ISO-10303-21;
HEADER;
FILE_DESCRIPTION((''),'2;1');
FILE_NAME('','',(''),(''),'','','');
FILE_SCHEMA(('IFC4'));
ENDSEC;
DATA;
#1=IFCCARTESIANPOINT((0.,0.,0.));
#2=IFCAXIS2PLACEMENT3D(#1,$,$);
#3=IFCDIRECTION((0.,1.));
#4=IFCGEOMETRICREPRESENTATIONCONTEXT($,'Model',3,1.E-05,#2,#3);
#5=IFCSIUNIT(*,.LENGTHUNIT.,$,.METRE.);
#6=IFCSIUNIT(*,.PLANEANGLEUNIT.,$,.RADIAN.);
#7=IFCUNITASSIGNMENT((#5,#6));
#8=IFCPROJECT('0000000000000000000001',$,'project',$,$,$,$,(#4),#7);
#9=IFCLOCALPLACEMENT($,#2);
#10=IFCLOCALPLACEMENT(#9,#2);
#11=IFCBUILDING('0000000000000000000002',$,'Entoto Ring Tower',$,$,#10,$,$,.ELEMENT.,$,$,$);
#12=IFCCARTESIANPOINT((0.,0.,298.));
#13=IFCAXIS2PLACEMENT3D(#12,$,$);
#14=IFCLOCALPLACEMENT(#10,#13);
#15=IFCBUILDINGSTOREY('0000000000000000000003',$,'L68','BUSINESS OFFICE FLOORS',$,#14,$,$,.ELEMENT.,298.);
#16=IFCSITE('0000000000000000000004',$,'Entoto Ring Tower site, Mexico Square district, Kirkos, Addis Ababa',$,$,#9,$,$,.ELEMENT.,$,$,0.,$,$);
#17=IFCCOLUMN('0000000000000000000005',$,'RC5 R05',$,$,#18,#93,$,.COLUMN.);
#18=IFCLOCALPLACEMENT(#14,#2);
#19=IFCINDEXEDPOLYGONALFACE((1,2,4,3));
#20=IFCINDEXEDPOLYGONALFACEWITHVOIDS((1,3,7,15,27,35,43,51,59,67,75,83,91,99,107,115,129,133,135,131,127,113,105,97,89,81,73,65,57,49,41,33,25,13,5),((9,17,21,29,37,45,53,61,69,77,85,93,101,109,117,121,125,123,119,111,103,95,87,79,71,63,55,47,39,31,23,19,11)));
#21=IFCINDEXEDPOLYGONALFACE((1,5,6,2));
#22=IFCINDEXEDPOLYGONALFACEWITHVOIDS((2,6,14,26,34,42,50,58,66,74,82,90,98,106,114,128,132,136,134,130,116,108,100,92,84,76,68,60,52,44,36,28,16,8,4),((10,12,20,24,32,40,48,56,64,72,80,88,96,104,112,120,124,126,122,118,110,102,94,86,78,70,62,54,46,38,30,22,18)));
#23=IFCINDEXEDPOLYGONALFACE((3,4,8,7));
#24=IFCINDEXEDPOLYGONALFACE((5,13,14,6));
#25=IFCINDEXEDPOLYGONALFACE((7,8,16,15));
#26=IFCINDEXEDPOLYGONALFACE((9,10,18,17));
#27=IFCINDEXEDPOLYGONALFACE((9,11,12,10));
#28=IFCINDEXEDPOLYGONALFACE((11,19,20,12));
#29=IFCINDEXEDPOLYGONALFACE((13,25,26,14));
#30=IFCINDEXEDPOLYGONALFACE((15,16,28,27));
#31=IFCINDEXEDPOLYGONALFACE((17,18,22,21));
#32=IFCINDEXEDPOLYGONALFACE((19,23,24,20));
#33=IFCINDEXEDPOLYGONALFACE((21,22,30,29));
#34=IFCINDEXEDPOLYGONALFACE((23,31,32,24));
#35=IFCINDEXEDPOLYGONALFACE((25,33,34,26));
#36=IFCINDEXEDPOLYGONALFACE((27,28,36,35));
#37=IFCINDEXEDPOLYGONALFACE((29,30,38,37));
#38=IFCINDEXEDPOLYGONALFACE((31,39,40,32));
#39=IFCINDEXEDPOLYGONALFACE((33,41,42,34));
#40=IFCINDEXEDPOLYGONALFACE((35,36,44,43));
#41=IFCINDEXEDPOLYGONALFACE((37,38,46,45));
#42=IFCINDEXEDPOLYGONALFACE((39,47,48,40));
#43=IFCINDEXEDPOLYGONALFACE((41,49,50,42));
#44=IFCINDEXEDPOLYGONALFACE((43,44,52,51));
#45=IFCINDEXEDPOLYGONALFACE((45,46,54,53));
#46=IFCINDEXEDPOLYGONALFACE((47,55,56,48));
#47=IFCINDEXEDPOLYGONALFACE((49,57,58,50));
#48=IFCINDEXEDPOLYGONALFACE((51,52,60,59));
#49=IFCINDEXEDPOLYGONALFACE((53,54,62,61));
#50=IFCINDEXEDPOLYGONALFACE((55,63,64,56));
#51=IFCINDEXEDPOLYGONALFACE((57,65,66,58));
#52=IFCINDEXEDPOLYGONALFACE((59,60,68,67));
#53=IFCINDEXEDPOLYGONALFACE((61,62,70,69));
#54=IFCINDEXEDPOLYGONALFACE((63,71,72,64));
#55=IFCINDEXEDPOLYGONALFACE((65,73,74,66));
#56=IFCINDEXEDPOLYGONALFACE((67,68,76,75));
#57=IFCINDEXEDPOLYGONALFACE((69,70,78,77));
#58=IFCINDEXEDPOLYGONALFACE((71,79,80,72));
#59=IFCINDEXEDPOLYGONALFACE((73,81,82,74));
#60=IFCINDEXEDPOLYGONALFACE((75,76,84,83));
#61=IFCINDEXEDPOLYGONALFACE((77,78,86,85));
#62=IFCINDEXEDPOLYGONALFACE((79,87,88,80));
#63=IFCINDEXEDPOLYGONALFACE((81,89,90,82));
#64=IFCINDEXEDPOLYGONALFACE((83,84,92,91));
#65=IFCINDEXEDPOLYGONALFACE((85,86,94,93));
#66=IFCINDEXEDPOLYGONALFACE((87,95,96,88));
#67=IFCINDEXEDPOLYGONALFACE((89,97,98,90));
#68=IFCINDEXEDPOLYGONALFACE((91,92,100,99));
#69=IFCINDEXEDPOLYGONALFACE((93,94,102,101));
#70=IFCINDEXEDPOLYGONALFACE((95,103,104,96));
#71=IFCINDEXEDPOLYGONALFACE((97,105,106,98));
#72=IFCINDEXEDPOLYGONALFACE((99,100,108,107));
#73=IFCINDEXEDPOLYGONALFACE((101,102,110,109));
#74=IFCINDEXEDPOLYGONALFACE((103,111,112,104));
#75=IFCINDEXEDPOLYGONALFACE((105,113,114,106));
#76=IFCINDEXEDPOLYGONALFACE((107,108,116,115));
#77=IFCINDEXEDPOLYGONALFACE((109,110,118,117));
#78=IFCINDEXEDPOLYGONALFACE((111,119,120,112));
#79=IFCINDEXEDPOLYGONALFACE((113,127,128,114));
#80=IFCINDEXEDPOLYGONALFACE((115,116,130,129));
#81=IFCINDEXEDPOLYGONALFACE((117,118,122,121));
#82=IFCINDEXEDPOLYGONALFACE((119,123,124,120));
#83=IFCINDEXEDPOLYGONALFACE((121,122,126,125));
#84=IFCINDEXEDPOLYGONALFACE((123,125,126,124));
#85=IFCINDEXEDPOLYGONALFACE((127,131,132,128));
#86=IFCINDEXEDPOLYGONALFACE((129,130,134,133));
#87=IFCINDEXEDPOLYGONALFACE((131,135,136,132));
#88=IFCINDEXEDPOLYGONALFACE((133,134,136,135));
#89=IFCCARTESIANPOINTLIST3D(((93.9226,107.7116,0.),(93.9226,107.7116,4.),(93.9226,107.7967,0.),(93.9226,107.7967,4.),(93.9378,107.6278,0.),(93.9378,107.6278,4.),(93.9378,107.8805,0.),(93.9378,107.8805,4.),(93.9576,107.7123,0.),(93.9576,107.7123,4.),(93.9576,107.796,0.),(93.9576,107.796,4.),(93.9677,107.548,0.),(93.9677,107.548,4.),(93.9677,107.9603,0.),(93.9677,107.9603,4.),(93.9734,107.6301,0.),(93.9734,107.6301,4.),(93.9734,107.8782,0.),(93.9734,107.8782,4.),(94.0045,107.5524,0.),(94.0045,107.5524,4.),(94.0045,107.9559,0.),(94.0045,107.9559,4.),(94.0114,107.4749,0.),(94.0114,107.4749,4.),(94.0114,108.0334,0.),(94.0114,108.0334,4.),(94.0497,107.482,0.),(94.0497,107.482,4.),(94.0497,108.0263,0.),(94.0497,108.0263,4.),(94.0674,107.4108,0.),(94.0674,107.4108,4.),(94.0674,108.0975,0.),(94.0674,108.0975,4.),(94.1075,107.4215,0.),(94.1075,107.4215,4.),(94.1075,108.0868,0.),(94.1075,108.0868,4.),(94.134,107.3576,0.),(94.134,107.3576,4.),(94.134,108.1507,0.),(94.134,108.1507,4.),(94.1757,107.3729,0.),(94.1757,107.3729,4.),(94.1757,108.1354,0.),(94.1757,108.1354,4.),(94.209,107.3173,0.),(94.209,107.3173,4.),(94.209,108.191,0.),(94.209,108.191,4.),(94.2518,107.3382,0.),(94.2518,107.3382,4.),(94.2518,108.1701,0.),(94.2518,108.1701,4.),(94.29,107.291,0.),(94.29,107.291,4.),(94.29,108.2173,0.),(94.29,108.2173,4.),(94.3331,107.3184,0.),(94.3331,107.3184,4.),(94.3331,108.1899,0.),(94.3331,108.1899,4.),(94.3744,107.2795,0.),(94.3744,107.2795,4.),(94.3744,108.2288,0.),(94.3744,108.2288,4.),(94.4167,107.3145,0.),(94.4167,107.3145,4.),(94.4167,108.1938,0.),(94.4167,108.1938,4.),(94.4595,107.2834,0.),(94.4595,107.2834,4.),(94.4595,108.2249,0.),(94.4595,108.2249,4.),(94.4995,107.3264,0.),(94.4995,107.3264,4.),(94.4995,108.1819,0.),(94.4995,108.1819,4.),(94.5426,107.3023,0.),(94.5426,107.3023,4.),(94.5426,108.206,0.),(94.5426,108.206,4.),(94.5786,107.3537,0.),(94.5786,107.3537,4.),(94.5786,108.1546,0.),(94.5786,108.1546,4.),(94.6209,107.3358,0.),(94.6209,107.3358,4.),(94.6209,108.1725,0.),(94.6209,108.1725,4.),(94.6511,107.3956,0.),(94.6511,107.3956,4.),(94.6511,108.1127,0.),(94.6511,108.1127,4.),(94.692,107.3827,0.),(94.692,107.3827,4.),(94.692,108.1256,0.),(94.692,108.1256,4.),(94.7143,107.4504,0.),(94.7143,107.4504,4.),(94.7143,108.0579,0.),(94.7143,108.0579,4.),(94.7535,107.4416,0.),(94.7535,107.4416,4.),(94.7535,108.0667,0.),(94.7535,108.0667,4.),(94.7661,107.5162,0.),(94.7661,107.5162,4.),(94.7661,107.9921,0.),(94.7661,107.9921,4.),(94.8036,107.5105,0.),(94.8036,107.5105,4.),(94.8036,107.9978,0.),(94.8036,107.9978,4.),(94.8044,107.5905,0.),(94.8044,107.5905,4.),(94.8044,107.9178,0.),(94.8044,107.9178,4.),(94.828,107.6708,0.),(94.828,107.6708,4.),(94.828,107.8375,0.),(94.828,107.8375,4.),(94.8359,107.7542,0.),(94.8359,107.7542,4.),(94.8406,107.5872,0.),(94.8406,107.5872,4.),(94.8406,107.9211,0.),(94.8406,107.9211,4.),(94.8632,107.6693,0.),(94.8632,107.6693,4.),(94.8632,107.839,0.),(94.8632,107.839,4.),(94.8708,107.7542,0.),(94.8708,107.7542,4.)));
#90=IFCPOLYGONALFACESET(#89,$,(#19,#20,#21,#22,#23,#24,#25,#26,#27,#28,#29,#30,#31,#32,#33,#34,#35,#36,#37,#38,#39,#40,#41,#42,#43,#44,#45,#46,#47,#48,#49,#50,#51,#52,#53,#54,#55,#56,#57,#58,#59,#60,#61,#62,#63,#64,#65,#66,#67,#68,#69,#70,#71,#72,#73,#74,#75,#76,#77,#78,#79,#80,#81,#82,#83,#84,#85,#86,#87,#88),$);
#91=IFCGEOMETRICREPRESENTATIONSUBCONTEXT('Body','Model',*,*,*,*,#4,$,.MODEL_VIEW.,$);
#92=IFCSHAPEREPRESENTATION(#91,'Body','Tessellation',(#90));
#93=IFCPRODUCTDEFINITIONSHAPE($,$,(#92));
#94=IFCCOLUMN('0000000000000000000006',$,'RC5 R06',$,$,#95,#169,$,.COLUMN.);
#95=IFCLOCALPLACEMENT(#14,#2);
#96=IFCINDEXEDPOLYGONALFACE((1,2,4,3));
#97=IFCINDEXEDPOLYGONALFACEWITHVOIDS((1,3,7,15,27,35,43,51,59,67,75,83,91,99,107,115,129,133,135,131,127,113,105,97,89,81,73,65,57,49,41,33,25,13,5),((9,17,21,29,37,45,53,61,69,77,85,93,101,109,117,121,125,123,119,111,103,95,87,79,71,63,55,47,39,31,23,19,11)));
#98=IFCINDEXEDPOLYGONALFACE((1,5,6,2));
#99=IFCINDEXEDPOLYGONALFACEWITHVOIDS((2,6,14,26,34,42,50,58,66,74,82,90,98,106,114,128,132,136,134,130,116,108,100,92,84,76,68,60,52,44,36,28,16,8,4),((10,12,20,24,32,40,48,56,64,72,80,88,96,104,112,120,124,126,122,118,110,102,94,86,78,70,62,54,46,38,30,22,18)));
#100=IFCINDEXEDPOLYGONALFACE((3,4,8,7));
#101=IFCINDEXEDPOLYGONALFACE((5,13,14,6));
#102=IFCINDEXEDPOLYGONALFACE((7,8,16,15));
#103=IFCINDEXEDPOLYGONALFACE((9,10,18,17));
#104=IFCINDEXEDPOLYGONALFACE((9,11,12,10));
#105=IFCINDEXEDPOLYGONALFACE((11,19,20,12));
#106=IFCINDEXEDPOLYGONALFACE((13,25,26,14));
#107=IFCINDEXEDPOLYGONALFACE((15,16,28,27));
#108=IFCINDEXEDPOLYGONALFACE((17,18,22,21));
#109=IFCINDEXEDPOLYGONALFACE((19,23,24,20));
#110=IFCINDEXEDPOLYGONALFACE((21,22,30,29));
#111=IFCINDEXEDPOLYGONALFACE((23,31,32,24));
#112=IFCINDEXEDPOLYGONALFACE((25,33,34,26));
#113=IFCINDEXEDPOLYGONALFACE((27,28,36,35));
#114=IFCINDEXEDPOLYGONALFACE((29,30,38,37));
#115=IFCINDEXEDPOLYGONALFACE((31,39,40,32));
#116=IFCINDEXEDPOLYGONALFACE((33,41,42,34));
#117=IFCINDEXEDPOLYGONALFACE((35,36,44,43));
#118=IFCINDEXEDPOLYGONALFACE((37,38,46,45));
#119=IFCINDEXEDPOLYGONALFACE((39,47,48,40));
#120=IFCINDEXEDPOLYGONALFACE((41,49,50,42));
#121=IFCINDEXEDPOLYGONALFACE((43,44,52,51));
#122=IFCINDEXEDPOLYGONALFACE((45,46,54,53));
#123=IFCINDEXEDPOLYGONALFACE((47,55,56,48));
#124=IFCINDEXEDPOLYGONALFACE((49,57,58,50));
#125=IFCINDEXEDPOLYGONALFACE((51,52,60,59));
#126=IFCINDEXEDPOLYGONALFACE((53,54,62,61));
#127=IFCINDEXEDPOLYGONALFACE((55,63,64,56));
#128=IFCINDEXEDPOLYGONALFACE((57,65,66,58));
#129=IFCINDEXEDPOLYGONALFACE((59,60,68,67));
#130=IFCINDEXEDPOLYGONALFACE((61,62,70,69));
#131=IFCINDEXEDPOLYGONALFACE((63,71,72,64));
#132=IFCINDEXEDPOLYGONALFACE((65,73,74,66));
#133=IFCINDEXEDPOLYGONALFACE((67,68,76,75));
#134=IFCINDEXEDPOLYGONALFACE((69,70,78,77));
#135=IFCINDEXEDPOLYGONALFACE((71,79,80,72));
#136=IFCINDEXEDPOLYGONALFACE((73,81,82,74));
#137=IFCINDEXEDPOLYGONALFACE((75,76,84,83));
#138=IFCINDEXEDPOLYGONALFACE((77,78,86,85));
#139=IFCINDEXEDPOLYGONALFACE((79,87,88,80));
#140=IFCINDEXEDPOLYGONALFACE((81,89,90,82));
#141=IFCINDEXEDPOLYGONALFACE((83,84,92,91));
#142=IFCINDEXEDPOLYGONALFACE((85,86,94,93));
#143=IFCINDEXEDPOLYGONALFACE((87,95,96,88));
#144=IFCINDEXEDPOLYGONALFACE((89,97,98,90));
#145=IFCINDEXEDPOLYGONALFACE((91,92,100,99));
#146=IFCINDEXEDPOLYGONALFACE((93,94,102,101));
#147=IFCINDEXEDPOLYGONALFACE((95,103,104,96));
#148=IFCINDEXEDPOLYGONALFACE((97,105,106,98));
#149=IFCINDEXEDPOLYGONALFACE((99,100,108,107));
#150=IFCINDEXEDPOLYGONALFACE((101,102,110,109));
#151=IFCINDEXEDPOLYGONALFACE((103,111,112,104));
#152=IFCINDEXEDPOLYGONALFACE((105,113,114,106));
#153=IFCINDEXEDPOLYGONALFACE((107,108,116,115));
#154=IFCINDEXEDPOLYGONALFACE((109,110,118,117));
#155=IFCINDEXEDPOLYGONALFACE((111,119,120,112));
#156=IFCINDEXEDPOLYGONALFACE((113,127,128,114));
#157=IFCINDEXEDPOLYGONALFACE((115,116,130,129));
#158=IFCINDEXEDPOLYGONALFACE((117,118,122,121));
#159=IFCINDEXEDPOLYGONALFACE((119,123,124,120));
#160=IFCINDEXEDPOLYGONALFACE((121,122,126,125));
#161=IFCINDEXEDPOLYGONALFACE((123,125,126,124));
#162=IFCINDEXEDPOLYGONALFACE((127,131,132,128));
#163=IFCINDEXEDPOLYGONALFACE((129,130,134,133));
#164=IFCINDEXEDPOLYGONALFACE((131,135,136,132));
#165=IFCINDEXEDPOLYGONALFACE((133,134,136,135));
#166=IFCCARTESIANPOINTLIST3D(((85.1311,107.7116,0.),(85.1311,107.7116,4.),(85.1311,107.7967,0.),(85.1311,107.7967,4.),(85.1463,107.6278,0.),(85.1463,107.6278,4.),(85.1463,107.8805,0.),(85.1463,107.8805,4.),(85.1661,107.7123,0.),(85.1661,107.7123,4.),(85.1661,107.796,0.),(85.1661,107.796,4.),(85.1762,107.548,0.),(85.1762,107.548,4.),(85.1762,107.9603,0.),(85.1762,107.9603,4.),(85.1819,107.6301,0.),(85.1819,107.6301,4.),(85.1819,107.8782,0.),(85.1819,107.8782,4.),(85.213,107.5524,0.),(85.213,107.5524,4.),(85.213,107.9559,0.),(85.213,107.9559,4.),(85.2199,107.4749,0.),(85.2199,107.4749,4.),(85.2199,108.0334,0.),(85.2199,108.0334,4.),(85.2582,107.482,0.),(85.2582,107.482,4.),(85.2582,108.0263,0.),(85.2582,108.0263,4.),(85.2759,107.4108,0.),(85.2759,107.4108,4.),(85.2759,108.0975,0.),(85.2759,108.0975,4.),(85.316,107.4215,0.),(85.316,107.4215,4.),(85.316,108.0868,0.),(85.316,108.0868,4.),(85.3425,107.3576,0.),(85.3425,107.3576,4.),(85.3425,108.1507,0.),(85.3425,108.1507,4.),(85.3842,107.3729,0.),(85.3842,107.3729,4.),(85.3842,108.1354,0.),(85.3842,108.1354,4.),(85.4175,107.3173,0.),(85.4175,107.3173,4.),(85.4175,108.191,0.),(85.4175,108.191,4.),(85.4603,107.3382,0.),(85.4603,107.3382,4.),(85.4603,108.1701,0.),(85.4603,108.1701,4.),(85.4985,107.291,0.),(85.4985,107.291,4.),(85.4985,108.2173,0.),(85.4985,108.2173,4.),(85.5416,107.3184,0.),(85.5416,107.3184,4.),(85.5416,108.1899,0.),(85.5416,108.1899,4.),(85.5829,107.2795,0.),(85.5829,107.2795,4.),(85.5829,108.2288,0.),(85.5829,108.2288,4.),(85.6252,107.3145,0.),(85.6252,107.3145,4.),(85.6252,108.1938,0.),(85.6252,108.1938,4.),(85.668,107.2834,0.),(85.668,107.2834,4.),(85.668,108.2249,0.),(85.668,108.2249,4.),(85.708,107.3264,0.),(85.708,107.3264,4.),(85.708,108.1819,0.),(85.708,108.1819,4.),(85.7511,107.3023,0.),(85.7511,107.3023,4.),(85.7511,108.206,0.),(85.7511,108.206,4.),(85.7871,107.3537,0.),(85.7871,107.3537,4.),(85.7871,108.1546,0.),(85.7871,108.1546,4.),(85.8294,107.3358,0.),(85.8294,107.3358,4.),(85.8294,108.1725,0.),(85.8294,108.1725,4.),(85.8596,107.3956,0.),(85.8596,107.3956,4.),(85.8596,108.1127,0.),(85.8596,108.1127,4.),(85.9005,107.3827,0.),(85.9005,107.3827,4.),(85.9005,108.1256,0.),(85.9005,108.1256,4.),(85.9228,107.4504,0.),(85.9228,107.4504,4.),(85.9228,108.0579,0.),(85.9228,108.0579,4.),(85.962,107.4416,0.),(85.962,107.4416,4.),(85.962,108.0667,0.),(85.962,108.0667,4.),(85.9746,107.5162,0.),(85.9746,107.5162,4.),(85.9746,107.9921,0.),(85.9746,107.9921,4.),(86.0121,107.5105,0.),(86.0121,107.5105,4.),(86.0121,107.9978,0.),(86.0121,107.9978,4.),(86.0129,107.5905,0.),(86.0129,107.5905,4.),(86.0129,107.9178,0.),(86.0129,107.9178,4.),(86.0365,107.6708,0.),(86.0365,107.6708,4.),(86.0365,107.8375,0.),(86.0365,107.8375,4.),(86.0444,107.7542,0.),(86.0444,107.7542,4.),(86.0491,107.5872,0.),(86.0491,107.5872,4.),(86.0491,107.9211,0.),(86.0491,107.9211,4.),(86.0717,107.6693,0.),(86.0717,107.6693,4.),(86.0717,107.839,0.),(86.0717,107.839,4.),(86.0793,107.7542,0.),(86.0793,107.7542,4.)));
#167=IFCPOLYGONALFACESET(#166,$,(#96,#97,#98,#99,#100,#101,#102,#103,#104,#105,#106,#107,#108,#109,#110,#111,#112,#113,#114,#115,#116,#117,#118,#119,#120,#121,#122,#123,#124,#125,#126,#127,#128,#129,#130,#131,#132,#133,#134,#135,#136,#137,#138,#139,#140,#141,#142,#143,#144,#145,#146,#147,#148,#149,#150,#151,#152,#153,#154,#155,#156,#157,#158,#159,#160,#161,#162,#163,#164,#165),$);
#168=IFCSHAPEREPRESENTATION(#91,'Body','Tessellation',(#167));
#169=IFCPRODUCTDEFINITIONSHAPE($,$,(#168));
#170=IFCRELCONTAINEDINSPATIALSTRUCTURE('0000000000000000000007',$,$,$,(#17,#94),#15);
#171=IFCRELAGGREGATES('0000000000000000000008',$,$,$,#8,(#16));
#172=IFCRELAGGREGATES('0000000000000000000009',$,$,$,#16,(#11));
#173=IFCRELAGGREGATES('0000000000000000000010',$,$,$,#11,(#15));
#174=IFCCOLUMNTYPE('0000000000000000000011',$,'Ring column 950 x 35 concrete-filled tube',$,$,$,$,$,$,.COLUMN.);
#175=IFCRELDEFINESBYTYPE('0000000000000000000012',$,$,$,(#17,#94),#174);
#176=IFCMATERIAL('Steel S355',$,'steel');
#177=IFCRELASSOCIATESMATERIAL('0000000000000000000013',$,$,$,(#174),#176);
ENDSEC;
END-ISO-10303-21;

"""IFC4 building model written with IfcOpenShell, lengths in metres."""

from ifc_helpers import new_model, si_unit, direction, frame, origin, origin_2d, place, context, subcontext, project, spatial, circle, hollow_circle, extrude, material, material_profile, profile_set, type_object, element, save


model = new_model("IFC4")

# Units and contexts
model_context = context("Model", 3, precision=1e-05, world=origin(), true_north=direction((0.0, 1.0)))
body_context = subcontext(model_context, "Body", "Model", "MODEL_VIEW")
ifc_project = project(units=[si_unit("LENGTHUNIT", "METRE"), si_unit("PLANEANGLEUNIT", "RADIAN")], contexts=[model_context])

# Site, building, storey
site_placement = place(None, origin())
site = spatial("IfcSite", under=ifc_project, at=site_placement, Name="Entoto Ring Tower site, Mexico Square district, Kirkos, Addis Ababa", CompositionType="ELEMENT", RefElevation=0.0)
building_placement = place(site_placement, origin())
building = spatial("IfcBuilding", under=site, at=building_placement, Name="Entoto Ring Tower", CompositionType="ELEMENT")
storey_placement = place(building_placement, frame((0.0, 0.0, 298.0)))
storey = spatial("IfcBuildingStorey", under=building, at=storey_placement, Name="L68", Description="BUSINESS OFFICE FLOORS", CompositionType="ELEMENT", Elevation=298.0)

# Columns
ifc_material_1 = material(Name="Steel S355", Category="steel")
ifc_material_profile_1 = material_profile(ifc_material_1, hollow_circle(Radius=0.4751, WallThickness=0.0349, at=origin_2d()), Name="CHS 950 x 35")
ifc_material_2 = material(Name="Concrete C60/75", Category="concrete")
ifc_material_profile_2 = material_profile(ifc_material_2, circle(Radius=0.4399, at=origin_2d()), Name="Concrete C60/75 infill")
ifc_profile_set_1 = profile_set([ifc_material_profile_1, ifc_material_profile_2], Name="Steel S355")
column_type = type_object("IfcColumnType", Name="Ring column 950 x 35 concrete-filled tube", PredefinedType="COLUMN", material=ifc_profile_set_1)
for number, where, z_axis, x_axis, name in (
    (1, (94.3958, 107.7542, 0.0), (0.0, 0.0, 1.0), (1.0, 0.0, 0.0), "RC5 R05"),
    (2, (85.6042, 107.7542, 0.0), (0.0, 0.0, 1.0), (1.0, 0.0, 0.0), "RC5 R06"),
):
    element("IfcColumn", number, at=place(storey_placement, frame(where, z_axis=z_axis, x_axis=x_axis)), inside=storey, type_object=column_type, Name=name, PredefinedType="COLUMN", context=body_context, shape_type="SweptSolid", body=[
        extrude(hollow_circle(Radius=0.4751, WallThickness=0.0349, at=origin_2d()), origin(), (0.0, 0.0, 1.0), 4.0),
    ])

save(model, "model.ifc")
